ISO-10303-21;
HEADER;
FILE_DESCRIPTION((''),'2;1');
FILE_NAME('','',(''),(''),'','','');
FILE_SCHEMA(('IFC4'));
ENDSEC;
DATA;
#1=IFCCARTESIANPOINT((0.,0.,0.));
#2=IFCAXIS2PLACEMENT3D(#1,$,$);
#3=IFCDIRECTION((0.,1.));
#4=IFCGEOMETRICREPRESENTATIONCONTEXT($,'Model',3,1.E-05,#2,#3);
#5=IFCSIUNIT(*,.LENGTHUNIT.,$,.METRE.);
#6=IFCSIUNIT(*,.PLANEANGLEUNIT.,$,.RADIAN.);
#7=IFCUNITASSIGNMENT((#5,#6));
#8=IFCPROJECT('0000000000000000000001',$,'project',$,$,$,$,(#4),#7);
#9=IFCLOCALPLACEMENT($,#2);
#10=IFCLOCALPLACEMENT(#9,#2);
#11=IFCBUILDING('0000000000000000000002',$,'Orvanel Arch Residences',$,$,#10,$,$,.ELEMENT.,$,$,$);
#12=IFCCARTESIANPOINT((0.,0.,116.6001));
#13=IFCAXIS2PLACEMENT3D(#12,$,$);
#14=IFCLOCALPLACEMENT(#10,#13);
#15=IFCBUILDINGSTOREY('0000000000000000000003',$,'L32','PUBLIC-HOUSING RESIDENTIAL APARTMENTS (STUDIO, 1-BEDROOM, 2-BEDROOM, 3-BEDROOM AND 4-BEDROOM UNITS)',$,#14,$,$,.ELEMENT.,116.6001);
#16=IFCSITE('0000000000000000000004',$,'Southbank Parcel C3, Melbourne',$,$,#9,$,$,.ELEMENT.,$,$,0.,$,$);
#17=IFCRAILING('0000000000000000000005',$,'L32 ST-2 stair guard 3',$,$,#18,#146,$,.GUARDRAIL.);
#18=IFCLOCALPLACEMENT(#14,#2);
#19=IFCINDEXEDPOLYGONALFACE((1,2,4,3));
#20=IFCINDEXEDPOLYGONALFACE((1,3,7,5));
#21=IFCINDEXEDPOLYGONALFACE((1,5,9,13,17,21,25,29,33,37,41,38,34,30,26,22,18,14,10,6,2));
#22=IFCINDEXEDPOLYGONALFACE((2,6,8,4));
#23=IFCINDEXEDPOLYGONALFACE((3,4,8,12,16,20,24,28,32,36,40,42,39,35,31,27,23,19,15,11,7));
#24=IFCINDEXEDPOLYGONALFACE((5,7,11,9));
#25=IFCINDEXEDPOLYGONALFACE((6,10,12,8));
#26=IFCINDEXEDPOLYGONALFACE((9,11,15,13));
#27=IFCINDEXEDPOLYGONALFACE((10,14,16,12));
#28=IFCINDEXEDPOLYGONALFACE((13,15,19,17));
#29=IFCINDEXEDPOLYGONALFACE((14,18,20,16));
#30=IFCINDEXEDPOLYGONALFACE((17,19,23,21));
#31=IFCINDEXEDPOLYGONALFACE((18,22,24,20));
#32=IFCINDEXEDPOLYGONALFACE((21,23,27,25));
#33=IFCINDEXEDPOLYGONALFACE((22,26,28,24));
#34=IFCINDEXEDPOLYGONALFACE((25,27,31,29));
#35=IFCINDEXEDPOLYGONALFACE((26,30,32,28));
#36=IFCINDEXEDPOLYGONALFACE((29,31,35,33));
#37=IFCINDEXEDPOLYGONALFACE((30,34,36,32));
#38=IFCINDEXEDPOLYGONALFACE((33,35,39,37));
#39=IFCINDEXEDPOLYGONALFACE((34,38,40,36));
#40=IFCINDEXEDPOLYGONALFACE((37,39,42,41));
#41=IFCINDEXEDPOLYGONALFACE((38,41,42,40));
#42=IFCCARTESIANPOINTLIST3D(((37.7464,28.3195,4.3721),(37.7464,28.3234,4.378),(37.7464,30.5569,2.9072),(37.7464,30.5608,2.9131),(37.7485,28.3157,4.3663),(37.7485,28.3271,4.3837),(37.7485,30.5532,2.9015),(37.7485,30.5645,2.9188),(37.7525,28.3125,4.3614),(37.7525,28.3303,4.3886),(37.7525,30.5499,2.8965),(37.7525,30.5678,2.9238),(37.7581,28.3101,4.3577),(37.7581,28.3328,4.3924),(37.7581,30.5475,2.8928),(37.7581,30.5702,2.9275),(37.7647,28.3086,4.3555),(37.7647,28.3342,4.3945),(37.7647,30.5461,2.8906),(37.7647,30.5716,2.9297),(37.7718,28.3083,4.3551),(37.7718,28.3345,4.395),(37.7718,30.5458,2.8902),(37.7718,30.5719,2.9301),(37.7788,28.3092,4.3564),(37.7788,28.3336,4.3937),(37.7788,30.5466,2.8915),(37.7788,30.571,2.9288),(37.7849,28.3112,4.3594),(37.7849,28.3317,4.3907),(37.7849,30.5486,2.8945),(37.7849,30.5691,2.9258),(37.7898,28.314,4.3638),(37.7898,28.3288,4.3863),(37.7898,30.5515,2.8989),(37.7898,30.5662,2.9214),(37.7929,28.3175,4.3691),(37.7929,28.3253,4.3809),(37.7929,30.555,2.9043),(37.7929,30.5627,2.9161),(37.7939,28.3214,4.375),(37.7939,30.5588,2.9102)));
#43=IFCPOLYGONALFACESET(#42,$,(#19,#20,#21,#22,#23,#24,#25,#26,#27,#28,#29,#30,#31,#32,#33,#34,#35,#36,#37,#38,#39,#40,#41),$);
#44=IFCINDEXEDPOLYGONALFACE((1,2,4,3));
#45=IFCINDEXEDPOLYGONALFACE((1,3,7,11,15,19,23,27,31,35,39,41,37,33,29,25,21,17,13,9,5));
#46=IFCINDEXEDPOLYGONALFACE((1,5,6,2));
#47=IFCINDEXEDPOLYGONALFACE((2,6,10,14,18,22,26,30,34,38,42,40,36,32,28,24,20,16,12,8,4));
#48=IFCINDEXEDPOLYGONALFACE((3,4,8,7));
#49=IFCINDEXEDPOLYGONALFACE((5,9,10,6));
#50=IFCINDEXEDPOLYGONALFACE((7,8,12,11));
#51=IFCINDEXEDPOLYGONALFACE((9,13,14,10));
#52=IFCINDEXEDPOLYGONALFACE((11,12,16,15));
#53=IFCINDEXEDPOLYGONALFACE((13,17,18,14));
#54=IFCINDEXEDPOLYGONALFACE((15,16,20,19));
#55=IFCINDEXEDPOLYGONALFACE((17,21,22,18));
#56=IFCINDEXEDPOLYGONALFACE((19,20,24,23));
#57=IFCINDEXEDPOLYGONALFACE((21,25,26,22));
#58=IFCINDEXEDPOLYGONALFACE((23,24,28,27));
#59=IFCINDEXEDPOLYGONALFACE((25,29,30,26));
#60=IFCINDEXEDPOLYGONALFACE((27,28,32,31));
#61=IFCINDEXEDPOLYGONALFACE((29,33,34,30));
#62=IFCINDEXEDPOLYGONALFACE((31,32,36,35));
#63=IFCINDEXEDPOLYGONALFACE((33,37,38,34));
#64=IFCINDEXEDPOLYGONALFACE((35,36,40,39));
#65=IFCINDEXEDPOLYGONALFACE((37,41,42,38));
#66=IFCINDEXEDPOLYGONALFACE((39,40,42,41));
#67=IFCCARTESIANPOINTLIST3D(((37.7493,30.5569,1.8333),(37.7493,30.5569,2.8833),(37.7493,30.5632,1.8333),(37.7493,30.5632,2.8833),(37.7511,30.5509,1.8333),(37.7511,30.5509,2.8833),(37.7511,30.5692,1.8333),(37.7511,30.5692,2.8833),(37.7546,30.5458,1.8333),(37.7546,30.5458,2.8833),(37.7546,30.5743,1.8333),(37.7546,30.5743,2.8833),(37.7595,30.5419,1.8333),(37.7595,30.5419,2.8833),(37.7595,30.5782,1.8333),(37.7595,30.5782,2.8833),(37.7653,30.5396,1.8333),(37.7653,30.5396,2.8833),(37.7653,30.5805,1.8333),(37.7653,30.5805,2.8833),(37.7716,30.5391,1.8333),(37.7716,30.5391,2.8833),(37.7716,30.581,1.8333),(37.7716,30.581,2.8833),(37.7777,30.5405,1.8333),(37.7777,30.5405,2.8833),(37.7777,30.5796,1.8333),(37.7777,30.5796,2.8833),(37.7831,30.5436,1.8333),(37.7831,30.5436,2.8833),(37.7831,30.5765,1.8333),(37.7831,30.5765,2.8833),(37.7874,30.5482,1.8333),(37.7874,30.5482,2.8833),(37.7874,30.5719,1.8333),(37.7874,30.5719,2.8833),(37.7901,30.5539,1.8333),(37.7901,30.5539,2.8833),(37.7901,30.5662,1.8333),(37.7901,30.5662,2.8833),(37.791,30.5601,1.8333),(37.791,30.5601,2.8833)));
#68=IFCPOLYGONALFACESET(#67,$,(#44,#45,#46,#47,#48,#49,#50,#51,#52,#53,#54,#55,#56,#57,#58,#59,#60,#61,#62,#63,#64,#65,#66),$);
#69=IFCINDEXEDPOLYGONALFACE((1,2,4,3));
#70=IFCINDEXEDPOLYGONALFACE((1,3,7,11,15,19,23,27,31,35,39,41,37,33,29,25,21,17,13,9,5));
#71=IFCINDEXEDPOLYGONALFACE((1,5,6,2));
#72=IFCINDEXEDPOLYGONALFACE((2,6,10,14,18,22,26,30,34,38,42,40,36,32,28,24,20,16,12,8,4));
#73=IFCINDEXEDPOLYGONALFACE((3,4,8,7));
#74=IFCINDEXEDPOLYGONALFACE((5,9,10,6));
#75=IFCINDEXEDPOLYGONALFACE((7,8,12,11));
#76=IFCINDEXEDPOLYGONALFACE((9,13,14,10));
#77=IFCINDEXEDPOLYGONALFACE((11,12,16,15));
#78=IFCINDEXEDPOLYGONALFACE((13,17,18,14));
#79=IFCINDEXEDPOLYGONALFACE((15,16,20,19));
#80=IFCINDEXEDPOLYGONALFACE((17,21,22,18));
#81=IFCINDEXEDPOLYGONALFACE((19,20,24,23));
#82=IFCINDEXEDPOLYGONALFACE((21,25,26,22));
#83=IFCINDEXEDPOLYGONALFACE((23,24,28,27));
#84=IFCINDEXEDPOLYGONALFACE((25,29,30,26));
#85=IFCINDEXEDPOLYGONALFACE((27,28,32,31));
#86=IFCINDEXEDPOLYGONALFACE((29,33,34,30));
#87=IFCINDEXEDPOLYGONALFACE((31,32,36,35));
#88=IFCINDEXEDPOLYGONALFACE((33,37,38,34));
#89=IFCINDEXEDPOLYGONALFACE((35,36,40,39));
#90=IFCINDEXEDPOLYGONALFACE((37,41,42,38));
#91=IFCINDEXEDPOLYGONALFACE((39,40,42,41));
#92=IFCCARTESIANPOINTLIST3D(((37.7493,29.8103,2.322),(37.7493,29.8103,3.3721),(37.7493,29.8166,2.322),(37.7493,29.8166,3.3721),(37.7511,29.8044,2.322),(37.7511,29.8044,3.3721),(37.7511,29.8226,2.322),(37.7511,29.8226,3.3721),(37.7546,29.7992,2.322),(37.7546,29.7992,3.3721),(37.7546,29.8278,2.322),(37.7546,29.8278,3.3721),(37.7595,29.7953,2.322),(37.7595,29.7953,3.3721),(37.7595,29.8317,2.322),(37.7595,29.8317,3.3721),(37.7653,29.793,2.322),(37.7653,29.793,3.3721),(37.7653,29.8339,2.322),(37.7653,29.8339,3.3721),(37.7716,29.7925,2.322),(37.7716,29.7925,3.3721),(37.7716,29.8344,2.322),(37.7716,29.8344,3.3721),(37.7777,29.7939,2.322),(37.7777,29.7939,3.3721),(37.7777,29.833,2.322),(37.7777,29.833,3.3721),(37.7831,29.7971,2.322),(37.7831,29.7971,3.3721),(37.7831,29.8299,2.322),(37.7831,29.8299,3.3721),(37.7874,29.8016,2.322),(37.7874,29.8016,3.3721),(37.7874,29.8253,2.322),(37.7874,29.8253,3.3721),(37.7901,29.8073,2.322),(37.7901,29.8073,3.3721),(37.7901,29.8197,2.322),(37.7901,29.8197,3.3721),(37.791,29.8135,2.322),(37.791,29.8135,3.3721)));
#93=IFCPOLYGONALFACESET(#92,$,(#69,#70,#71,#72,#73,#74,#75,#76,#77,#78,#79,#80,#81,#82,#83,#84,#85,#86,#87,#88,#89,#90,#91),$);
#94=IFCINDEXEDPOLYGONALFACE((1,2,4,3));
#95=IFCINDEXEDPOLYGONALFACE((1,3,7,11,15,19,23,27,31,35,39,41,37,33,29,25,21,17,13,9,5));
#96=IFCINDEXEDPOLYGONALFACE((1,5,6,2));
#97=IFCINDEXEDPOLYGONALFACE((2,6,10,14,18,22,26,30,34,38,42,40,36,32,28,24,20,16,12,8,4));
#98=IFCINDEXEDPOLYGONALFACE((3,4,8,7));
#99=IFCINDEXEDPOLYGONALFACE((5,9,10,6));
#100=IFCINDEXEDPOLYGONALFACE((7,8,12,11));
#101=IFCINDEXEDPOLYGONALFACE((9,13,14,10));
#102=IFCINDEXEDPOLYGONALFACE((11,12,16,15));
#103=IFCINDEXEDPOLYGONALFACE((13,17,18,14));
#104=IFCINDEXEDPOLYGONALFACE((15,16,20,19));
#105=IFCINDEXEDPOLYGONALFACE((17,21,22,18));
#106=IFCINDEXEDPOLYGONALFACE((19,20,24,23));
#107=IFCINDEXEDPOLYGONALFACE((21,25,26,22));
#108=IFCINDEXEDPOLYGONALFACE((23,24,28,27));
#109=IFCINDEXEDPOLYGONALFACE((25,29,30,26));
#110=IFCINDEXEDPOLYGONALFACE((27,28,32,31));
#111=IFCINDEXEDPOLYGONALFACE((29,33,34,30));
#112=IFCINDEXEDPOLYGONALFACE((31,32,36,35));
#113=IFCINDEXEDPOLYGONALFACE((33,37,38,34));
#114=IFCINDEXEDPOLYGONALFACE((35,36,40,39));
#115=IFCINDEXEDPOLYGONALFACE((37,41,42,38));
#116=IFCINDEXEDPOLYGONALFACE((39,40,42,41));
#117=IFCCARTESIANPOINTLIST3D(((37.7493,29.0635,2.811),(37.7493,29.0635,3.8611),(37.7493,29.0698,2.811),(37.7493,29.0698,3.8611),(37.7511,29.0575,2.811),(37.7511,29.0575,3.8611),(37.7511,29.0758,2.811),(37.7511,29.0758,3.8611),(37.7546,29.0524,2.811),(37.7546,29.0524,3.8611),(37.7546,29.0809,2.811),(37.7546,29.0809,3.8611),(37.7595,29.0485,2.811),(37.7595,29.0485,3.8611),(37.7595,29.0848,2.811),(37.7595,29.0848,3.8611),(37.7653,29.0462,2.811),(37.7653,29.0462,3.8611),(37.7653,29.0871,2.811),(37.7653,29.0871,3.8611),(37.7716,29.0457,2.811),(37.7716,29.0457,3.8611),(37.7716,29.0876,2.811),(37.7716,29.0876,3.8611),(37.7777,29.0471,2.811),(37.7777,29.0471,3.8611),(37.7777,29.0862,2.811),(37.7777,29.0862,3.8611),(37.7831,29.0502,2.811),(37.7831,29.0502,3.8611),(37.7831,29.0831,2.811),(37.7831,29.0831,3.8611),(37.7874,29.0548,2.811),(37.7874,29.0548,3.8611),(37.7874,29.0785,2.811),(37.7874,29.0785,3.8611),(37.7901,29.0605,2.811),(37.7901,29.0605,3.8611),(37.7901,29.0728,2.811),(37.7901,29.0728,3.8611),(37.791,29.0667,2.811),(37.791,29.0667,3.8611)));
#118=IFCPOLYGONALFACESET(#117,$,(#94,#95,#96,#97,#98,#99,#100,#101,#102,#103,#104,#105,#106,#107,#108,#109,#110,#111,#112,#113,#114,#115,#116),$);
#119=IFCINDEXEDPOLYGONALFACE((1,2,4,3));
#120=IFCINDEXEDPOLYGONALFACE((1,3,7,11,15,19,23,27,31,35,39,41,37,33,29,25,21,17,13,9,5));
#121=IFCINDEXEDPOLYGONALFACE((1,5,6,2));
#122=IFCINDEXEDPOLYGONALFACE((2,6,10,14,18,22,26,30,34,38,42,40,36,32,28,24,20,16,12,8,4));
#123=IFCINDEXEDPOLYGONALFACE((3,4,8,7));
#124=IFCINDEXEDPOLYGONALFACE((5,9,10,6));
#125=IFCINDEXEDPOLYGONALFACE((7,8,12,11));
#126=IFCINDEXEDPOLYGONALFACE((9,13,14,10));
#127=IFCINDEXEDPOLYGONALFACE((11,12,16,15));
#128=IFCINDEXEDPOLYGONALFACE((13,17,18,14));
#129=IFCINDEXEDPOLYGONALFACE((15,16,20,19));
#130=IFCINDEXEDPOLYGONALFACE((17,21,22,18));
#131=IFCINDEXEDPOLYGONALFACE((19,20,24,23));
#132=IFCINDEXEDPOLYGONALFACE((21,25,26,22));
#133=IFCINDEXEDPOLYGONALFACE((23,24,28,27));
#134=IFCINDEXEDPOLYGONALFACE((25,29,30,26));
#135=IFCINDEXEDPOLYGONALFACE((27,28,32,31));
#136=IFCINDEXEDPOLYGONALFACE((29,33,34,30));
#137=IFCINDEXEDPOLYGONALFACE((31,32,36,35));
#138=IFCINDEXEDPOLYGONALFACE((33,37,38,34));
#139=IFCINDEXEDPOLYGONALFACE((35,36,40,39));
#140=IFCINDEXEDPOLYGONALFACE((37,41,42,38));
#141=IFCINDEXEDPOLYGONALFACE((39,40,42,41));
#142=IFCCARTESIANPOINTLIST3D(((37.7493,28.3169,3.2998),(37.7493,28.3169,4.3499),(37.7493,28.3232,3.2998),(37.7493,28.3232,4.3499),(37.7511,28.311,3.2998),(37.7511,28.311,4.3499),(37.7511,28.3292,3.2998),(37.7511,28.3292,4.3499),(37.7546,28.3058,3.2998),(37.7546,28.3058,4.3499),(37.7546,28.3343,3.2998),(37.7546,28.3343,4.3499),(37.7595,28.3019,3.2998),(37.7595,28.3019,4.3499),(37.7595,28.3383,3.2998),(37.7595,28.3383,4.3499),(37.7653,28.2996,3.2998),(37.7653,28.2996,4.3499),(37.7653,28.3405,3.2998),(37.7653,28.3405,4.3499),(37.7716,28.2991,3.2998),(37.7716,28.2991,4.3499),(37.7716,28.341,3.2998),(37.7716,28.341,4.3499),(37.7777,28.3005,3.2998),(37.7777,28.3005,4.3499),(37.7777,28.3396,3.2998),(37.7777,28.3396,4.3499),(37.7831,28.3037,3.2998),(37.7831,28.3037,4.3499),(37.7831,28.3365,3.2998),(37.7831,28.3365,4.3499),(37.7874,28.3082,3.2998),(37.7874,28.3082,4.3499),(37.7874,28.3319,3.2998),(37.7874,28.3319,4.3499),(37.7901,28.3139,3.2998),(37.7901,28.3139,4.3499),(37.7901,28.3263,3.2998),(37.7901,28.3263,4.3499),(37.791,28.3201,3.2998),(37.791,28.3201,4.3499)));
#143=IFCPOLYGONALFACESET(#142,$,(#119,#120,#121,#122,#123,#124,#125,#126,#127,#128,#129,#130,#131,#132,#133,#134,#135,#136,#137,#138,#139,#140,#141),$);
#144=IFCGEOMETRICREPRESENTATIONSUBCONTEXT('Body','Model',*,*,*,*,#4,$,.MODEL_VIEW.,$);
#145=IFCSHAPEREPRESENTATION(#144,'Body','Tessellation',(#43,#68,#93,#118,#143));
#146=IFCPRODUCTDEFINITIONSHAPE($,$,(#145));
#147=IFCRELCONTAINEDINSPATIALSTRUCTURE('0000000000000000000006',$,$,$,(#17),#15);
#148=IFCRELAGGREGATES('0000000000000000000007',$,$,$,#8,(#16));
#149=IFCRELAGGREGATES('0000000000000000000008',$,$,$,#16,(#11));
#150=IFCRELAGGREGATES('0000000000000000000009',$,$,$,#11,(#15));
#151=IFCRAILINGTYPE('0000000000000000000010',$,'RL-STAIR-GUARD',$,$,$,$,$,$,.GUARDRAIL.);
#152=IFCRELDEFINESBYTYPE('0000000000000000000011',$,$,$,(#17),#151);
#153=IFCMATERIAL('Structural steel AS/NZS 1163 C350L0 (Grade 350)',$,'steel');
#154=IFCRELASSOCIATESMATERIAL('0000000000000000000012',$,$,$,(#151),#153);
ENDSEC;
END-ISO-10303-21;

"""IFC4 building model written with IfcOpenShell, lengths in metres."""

from ifc_helpers import new_model, si_unit, direction, frame, origin, origin_2d, place, context, subcontext, project, spatial, circle, extrude, material, type_object, element, save


model = new_model("IFC4")

# Units and contexts
model_context = context("Model", 3, precision=1e-05, world=origin(), true_north=direction((0.0, 1.0)))
body_context = subcontext(model_context, "Body", "Model", "MODEL_VIEW")
ifc_project = project(units=[si_unit("LENGTHUNIT", "METRE"), si_unit("PLANEANGLEUNIT", "RADIAN")], contexts=[model_context])

# Site, building, storey
site_placement = place(None, origin())
site = spatial("IfcSite", under=ifc_project, at=site_placement, Name="Southbank Parcel C3, Melbourne", CompositionType="ELEMENT", RefElevation=0.0)
building_placement = place(site_placement, origin())
building = spatial("IfcBuilding", under=site, at=building_placement, Name="Orvanel Arch Residences", CompositionType="ELEMENT")
storey_placement = place(building_placement, frame((0.0, 0.0, 116.6001)))
storey = spatial("IfcBuildingStorey", under=building, at=storey_placement, Name="L32", Description="PUBLIC-HOUSING RESIDENTIAL APARTMENTS (STUDIO, 1-BEDROOM, 2-BEDROOM, 3-BEDROOM AND 4-BEDROOM UNITS)", CompositionType="ELEMENT", Elevation=116.6001)

# Railing
ifc_material_1 = material(Name="Structural steel AS/NZS 1163 C350L0 (Grade 350)", Category="steel")
railing_type_1 = type_object("IfcRailingType", Name="RL-STAIR-GUARD", PredefinedType="GUARDRAIL", material=ifc_material_1)
railing_1_placement = place(storey_placement, frame((37.77, 30.5601, 1.8333)))
element("IfcRailing", 1, at=railing_1_placement, inside=storey, type_object=railing_type_1, Name="L32 ST-2 stair guard 3", PredefinedType="GUARDRAIL", context=body_context, shape_type="SweptSolid", body=[
    extrude(circle(Radius=0.0239, at=origin_2d()), frame((0.0, -0.0012, 1.0769), z_axis=(0.0, -0.836637, 0.547758), x_axis=(1.0, 0.0, 0.0)), (0.0, 0.0, 1.0), 2.6743),
    extrude(circle(Radius=0.021, at=origin_2d()), origin(), (0.0, 0.0, 1.0), 1.05),
    extrude(circle(Radius=0.021, at=origin_2d()), frame((0.0, -0.7466, 0.4888)), (0.0, 0.0, 1.0), 1.05),
    extrude(circle(Radius=0.021, at=origin_2d()), frame((0.0, -1.4934, 0.9778)), (0.0, 0.0, 1.0), 1.05),
    extrude(circle(Radius=0.021, at=origin_2d()), frame((0.0, -2.24, 1.4666)), (0.0, 0.0, 1.0), 1.05),
])

save(model, "model.ifc")
